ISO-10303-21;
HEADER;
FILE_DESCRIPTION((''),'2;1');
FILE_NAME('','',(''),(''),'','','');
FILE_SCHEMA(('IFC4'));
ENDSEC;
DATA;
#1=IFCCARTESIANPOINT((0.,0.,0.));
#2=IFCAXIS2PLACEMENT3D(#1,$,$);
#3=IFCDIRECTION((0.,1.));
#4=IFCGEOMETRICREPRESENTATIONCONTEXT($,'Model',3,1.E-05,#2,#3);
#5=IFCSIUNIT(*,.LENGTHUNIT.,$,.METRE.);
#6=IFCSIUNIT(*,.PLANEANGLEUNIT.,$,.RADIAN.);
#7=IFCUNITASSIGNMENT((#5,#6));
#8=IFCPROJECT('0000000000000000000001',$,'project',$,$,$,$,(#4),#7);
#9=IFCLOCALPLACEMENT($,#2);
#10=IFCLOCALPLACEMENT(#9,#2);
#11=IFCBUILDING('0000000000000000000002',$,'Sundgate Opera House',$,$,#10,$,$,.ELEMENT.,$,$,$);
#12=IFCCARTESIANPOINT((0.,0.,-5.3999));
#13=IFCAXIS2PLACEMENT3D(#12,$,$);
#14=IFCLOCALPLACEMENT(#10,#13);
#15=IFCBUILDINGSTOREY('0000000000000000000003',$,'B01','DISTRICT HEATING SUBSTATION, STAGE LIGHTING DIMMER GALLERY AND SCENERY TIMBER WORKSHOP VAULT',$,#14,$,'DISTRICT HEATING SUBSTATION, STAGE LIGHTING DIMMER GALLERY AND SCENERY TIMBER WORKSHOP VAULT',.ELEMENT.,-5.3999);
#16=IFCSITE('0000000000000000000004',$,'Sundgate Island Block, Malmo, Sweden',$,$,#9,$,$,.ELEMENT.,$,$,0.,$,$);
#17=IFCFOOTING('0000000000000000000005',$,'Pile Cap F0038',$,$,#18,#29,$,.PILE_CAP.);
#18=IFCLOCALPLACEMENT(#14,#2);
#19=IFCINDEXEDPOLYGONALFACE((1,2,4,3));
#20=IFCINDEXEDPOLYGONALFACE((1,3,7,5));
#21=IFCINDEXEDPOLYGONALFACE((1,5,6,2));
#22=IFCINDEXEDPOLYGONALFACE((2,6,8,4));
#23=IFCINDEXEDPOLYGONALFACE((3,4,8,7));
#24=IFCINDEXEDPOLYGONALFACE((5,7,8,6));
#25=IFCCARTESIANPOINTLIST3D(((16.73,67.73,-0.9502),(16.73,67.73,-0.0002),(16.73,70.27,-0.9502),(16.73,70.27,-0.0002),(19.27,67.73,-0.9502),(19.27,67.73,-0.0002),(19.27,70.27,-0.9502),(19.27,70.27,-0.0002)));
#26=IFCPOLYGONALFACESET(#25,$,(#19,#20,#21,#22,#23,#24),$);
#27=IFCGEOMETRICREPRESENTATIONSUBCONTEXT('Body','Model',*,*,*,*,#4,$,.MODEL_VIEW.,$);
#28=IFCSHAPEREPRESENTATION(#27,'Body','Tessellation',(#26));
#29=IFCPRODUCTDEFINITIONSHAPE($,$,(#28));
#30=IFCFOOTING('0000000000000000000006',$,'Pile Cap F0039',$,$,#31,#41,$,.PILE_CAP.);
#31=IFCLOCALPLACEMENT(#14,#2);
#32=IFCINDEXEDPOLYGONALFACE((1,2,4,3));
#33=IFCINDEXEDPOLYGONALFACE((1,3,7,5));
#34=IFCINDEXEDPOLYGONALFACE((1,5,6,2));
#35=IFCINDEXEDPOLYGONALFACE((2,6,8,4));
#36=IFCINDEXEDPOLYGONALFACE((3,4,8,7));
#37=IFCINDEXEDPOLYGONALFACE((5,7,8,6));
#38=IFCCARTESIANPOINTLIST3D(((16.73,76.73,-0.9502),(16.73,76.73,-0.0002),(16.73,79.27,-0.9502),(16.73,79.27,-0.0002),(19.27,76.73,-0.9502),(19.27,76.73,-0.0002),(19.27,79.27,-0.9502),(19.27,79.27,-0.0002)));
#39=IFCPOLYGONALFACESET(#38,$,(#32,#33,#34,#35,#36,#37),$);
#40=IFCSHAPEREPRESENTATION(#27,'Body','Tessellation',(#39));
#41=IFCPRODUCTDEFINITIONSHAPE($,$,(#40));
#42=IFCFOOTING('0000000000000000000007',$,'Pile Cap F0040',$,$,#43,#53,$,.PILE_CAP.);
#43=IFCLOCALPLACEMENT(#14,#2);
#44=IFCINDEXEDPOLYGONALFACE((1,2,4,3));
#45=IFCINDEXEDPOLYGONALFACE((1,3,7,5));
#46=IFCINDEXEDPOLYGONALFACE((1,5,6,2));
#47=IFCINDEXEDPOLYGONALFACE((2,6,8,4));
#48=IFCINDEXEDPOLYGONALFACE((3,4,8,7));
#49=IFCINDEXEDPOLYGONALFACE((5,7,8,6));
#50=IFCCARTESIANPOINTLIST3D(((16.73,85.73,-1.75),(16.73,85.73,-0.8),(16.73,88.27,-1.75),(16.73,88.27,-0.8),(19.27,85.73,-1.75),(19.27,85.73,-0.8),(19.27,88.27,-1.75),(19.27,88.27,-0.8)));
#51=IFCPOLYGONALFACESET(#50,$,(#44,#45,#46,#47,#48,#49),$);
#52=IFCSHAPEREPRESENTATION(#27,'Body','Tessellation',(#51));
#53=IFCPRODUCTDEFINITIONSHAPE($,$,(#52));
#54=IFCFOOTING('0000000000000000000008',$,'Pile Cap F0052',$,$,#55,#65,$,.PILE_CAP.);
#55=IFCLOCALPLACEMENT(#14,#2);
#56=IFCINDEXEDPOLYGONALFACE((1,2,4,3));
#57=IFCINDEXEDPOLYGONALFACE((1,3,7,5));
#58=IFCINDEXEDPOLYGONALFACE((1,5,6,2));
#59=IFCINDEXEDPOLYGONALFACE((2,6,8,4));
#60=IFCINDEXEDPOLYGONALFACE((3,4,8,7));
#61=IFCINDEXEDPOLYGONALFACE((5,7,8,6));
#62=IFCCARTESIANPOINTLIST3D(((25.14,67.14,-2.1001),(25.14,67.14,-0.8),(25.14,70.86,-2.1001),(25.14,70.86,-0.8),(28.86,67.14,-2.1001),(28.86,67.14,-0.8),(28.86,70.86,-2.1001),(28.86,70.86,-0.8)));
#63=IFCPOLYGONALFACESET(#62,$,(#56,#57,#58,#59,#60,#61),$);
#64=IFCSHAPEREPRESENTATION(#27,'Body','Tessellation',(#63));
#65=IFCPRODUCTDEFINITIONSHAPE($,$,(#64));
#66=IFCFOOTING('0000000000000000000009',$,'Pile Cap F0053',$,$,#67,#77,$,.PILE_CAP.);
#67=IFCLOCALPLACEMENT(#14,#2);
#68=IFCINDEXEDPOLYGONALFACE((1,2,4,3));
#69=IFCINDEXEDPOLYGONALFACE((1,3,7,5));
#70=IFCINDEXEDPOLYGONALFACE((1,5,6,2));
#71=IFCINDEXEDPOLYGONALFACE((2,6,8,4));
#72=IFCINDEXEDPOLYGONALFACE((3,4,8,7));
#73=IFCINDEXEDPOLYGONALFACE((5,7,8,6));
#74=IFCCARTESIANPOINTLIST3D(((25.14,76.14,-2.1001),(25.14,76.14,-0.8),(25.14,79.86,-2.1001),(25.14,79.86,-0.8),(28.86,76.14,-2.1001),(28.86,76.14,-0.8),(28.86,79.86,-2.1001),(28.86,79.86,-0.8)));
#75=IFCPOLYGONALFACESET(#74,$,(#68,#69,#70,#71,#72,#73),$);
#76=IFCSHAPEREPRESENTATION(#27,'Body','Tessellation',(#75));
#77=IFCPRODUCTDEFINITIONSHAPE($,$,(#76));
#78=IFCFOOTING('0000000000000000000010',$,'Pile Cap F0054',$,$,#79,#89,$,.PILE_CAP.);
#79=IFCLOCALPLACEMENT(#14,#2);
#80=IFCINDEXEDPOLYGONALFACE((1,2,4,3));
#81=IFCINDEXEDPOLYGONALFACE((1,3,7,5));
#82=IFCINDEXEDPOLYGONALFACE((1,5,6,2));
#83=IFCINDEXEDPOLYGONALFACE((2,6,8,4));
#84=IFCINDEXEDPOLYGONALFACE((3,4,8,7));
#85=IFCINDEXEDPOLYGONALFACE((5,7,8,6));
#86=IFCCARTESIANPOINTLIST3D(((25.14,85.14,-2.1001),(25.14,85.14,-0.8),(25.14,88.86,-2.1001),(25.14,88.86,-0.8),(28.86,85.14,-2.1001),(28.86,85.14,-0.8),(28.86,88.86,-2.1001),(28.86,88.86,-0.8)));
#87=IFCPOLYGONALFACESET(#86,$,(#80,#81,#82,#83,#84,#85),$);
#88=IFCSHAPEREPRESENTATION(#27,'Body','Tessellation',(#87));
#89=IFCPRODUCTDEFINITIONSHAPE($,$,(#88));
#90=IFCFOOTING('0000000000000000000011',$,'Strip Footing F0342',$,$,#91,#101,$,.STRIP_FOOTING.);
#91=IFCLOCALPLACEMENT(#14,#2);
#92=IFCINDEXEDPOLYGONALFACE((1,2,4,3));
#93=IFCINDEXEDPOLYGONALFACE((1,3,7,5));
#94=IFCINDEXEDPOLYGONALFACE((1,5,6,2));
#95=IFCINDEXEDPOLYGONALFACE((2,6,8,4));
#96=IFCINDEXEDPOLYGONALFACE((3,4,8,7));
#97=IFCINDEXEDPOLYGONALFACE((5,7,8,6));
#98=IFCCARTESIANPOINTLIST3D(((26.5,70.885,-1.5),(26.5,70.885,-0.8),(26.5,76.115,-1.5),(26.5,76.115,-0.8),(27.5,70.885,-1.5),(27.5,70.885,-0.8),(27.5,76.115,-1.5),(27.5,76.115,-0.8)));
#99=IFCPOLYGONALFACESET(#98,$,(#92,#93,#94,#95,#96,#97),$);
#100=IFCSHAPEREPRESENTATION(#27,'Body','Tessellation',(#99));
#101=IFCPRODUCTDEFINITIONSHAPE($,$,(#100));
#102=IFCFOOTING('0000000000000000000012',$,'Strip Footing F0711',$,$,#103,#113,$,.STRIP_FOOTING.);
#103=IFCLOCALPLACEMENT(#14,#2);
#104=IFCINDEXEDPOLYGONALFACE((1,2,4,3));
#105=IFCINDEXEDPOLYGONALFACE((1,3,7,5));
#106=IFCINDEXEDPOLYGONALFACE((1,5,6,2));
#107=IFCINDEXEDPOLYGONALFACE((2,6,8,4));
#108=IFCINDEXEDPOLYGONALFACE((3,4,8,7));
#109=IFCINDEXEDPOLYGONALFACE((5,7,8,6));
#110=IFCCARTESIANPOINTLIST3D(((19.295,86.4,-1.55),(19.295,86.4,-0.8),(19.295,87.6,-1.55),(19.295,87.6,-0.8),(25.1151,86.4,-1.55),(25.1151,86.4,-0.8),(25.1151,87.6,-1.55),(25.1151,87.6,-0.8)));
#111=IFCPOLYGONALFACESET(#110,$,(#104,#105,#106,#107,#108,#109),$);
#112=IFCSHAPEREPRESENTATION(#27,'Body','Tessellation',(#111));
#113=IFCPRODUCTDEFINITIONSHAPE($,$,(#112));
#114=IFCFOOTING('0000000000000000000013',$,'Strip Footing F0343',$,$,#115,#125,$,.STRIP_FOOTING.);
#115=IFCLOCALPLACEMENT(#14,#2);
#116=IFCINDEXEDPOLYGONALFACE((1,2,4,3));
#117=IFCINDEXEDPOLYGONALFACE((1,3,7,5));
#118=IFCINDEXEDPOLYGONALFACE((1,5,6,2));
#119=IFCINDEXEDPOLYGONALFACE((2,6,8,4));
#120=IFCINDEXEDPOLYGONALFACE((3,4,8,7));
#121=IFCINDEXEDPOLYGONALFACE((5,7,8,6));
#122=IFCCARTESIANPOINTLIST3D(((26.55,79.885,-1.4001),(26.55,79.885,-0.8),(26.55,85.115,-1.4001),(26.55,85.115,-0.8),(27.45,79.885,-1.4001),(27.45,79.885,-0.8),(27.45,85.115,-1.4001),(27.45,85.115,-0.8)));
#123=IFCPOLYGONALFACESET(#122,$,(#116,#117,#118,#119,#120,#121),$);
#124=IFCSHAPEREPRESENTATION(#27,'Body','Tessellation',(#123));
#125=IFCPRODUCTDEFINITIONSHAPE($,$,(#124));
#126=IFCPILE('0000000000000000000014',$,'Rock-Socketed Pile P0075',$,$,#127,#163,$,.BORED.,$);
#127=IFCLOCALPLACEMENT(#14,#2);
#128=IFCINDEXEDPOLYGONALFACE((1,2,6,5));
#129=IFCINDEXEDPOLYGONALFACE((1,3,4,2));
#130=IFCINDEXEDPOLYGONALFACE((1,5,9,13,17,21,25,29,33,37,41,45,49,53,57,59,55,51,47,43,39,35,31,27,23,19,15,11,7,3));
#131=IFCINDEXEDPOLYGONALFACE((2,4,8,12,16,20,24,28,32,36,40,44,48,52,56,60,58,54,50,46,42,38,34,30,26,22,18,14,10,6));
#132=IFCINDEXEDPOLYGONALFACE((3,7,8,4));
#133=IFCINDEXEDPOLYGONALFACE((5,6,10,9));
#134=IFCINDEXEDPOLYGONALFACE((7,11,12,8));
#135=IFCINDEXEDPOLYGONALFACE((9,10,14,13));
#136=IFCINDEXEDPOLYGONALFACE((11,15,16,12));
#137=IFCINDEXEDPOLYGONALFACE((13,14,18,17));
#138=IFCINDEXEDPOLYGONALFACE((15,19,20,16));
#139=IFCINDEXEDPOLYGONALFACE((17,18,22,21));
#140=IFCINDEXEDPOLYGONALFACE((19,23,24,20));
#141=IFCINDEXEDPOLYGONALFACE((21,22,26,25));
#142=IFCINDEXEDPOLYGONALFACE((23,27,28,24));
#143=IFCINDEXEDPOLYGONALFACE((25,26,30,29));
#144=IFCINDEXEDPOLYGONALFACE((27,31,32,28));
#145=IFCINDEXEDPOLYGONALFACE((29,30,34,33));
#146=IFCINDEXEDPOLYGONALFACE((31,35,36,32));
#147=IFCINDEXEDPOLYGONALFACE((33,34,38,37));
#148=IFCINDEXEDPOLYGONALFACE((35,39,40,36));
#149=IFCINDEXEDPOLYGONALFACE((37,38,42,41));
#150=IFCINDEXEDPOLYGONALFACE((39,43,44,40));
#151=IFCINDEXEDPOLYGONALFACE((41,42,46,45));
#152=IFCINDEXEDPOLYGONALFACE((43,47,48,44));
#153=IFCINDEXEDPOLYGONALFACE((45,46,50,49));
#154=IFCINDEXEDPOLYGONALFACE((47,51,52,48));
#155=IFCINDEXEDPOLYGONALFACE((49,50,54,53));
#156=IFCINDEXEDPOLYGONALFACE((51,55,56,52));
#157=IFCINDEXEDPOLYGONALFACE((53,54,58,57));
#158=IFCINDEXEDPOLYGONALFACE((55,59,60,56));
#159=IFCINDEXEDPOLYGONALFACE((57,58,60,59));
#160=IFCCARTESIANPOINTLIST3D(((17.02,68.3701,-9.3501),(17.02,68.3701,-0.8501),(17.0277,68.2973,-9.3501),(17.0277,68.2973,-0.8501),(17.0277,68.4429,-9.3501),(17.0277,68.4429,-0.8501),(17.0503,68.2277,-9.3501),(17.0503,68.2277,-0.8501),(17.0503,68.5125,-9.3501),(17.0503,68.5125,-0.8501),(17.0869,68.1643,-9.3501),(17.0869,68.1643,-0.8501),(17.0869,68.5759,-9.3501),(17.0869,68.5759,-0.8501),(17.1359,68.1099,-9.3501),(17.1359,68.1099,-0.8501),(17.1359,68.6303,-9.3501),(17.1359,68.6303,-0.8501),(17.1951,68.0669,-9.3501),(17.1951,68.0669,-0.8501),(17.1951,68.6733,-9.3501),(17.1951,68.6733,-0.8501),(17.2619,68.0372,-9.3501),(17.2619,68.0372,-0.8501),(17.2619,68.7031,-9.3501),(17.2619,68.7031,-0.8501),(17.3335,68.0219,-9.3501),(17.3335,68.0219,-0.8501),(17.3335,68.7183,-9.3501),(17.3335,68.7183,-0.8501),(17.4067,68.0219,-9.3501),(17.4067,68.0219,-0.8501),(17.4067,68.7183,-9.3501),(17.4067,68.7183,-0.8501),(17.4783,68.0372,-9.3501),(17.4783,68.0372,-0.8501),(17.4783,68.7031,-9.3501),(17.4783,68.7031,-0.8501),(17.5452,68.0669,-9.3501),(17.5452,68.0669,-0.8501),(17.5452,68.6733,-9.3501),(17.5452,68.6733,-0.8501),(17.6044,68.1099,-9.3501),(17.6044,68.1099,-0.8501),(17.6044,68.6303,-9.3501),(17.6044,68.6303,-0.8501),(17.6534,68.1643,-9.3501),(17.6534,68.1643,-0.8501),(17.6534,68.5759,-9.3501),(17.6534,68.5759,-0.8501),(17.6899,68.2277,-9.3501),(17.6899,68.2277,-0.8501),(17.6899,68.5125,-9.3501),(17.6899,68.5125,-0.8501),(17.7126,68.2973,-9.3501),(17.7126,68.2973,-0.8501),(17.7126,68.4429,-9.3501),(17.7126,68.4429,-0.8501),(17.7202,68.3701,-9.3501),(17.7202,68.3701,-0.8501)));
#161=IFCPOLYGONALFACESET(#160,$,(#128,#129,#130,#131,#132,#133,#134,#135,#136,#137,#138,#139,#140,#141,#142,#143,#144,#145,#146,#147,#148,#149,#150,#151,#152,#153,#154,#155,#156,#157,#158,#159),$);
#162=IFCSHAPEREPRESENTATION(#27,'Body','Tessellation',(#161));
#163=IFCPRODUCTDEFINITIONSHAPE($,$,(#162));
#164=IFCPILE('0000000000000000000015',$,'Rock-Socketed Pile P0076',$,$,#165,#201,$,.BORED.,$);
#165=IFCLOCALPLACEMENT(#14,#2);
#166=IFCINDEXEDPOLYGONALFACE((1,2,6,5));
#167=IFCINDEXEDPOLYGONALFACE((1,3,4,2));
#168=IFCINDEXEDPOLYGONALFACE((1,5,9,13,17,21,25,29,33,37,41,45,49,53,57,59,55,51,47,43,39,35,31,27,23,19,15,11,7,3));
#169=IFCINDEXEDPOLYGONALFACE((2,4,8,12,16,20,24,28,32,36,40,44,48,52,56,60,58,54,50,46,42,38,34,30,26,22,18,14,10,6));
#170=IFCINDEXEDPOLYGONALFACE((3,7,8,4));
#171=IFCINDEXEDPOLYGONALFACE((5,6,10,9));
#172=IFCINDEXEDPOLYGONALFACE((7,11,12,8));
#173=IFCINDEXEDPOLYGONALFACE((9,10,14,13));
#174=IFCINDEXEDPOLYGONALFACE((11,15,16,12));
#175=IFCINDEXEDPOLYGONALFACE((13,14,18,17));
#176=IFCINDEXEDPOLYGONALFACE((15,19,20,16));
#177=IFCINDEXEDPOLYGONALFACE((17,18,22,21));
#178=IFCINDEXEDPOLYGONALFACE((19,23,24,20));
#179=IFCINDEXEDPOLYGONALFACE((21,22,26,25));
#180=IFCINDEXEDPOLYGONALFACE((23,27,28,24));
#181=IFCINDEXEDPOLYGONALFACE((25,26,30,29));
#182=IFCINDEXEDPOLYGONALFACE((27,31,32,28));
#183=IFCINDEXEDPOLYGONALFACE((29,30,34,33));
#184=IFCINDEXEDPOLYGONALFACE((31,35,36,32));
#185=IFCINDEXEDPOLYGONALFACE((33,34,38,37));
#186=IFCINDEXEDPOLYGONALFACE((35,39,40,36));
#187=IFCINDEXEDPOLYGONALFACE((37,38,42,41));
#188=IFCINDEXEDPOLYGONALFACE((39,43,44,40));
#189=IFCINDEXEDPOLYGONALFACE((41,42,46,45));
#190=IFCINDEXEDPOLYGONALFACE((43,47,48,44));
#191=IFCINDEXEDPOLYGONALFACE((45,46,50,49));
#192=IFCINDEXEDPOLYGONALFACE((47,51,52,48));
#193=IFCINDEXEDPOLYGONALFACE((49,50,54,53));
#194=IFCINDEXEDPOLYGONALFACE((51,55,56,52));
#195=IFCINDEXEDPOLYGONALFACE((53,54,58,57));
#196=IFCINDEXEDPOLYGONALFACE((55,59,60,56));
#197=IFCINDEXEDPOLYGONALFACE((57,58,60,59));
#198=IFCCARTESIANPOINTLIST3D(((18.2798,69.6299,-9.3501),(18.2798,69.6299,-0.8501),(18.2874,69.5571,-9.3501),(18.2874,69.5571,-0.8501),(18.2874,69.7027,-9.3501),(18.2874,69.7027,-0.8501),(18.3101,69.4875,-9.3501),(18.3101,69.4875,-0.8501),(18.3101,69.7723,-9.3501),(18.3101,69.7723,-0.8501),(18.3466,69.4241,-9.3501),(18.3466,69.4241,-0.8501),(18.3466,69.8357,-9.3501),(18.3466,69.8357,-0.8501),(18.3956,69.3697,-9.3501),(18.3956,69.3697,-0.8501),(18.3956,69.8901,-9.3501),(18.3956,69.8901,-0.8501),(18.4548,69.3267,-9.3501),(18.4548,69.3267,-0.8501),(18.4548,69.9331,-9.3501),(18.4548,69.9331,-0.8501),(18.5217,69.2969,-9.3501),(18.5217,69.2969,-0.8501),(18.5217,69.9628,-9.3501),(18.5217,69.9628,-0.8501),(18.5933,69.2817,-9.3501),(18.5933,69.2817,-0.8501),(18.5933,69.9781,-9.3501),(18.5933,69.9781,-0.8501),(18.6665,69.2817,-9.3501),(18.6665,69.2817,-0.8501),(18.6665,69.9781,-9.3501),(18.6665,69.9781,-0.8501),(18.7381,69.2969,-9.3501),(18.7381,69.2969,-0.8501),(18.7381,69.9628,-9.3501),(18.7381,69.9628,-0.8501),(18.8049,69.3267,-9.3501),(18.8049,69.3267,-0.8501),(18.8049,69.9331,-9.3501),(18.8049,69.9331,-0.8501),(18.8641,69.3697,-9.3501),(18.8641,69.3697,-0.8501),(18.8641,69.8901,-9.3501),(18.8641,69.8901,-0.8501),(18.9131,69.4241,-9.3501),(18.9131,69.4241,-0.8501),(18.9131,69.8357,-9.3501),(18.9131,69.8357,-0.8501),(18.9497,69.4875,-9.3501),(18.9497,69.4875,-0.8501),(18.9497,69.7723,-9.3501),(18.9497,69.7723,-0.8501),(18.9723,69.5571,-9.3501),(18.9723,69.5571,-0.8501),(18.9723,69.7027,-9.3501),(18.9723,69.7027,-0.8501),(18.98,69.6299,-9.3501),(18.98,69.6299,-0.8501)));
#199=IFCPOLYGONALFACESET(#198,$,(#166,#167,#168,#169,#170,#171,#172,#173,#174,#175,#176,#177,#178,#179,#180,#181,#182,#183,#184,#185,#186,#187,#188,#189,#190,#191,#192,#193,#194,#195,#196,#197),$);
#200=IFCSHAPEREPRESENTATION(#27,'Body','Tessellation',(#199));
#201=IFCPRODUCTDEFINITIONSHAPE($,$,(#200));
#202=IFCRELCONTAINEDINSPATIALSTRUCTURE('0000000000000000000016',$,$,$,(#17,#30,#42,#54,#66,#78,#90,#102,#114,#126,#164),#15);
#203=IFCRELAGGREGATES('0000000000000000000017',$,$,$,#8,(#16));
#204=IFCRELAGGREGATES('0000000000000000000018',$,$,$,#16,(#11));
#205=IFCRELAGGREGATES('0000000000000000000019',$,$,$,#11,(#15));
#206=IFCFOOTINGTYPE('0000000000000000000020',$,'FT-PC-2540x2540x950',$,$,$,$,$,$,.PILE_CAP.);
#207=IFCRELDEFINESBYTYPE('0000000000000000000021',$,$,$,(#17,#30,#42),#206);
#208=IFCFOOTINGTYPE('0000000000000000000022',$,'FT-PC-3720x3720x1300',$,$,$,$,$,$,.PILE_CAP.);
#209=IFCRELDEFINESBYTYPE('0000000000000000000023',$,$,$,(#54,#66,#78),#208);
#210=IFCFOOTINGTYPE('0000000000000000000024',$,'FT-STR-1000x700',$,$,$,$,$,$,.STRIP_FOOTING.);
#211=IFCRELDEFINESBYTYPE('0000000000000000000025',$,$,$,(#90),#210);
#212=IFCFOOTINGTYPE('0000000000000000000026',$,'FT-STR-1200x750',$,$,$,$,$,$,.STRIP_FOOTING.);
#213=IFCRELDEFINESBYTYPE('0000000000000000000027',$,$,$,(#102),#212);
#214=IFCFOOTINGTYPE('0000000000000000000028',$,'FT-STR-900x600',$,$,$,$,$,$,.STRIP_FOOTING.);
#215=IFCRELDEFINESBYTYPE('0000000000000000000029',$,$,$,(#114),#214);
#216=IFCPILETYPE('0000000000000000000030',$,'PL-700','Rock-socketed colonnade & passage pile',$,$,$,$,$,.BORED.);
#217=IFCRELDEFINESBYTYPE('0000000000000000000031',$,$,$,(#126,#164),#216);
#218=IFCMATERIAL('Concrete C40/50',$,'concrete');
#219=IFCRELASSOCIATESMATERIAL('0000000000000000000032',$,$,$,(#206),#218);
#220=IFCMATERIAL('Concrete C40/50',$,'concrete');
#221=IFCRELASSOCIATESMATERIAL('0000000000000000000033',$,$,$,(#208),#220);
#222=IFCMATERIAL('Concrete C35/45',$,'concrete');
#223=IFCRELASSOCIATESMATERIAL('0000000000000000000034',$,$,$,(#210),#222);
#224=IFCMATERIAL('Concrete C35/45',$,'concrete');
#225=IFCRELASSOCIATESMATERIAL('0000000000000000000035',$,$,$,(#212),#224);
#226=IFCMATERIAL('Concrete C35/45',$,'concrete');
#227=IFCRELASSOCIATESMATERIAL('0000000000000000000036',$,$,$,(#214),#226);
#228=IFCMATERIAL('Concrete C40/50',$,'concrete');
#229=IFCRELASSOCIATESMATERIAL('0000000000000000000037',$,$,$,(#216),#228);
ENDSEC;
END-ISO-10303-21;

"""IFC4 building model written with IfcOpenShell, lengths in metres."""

from ifc_helpers import new_model, si_unit, direction, frame, origin, origin_2d, place, context, subcontext, project, spatial, rectangle, circle, extrude, material, material_profile, profile_set, type_object, element, save


model = new_model("IFC4")

# Units and contexts
model_context = context("Model", 3, precision=1e-05, world=origin(), true_north=direction((0.0, 1.0)))
body_context = subcontext(model_context, "Body", "Model", "MODEL_VIEW")
ifc_project = project(units=[si_unit("LENGTHUNIT", "METRE"), si_unit("PLANEANGLEUNIT", "RADIAN")], contexts=[model_context])

# Site, building, storey
site_placement = place(None, origin())
site = spatial("IfcSite", under=ifc_project, at=site_placement, Name="Sundgate Island Block, Malmo, Sweden", CompositionType="ELEMENT", RefElevation=0.0)
building_placement = place(site_placement, origin())
building = spatial("IfcBuilding", under=site, at=building_placement, Name="Sundgate Opera House", CompositionType="ELEMENT")
storey_placement = place(building_placement, frame((0.0, 0.0, -5.3999)))
storey = spatial("IfcBuildingStorey", under=building, at=storey_placement, Name="B01", Description="DISTRICT HEATING SUBSTATION, STAGE LIGHTING DIMMER GALLERY AND SCENERY TIMBER WORKSHOP VAULT", LongName="DISTRICT HEATING SUBSTATION, STAGE LIGHTING DIMMER GALLERY AND SCENERY TIMBER WORKSHOP VAULT", CompositionType="ELEMENT", Elevation=-5.3999)

# Footings
ifc_material_1 = material(Name="Concrete C40/50", Category="concrete")
footing_type_1 = type_object("IfcFootingType", Name="FT-PC-2540x2540x950", PredefinedType="PILE_CAP", material=ifc_material_1)
for number, where, z_axis, x_axis, name in (
    (1, (18.0, 69.0, -0.9502), (0.0, 0.0, 1.0), (1.0, 0.0, 0.0), "Pile Cap F0038"),
    (2, (18.0, 78.0, -0.9502), (0.0, 0.0, 1.0), (1.0, 0.0, 0.0), "Pile Cap F0039"),
    (3, (18.0, 87.0, -1.75), (0.0, 0.0, 1.0), (1.0, 0.0, 0.0), "Pile Cap F0040"),
):
    element("IfcFooting", number, at=place(storey_placement, frame(where, z_axis=z_axis, x_axis=x_axis)), inside=storey, type_object=footing_type_1, Name=name, PredefinedType="PILE_CAP", context=body_context, shape_type="SweptSolid", body=[
        extrude(rectangle(XDim=2.54, YDim=2.54, at=origin_2d()), origin(), (0.0, 0.0, 1.0), 0.95),
    ])
ifc_material_2 = material(Name="Concrete C40/50", Category="concrete")
footing_type_2 = type_object("IfcFootingType", Name="FT-PC-3720x3720x1300", PredefinedType="PILE_CAP", material=ifc_material_2)
for number, where, z_axis, x_axis, name in (
    (4, (27.0, 69.0, -2.1001), (0.0, 0.0, 1.0), (1.0, 0.0, 0.0), "Pile Cap F0052"),
    (5, (27.0, 78.0, -2.1001), (0.0, 0.0, 1.0), (1.0, 0.0, 0.0), "Pile Cap F0053"),
    (6, (27.0, 87.0, -2.1001), (0.0, 0.0, 1.0), (1.0, 0.0, 0.0), "Pile Cap F0054"),
):
    element("IfcFooting", number, at=place(storey_placement, frame(where, z_axis=z_axis, x_axis=x_axis)), inside=storey, type_object=footing_type_2, Name=name, PredefinedType="PILE_CAP", context=body_context, shape_type="SweptSolid", body=[
        extrude(rectangle(XDim=3.72, YDim=3.72, at=origin_2d()), origin(), (0.0, 0.0, 1.0), 1.3),
    ])
ifc_material_3 = material(Name="Concrete C35/45", Category="concrete")
footing_type_3 = type_object("IfcFootingType", Name="FT-STR-1000x700", PredefinedType="STRIP_FOOTING", material=ifc_material_3)
footing_1_placement = place(storey_placement, frame((27.0, 73.5, -1.5), z_axis=(0.0, 0.0, 1.0), x_axis=(1.0, 0.0, 0.0)))
element("IfcFooting", 7, at=footing_1_placement, inside=storey, type_object=footing_type_3, Name="Strip Footing F0342", PredefinedType="STRIP_FOOTING", context=body_context, shape_type="SweptSolid", body=[
    extrude(rectangle(XDim=1.0, YDim=5.23, at=origin_2d()), origin(), (0.0, 0.0, 1.0), 0.7),
])
ifc_material_4 = material(Name="Concrete C35/45", Category="concrete")
footing_type_4 = type_object("IfcFootingType", Name="FT-STR-1200x750", PredefinedType="STRIP_FOOTING", material=ifc_material_4)
footing_2_placement = place(storey_placement, frame((22.2051, 87.0, -1.55), z_axis=(0.0, 0.0, 1.0), x_axis=(1.0, 0.0, 0.0)))
element("IfcFooting", 8, at=footing_2_placement, inside=storey, type_object=footing_type_4, Name="Strip Footing F0711", PredefinedType="STRIP_FOOTING", context=body_context, shape_type="SweptSolid", body=[
    extrude(rectangle(XDim=5.8201, YDim=1.2, at=origin_2d()), origin(), (0.0, 0.0, 1.0), 0.75),
])
ifc_material_5 = material(Name="Concrete C35/45", Category="concrete")
footing_type_5 = type_object("IfcFootingType", Name="FT-STR-900x600", PredefinedType="STRIP_FOOTING", material=ifc_material_5)
footing_3_placement = place(storey_placement, frame((27.0, 82.5, -1.4001), z_axis=(0.0, 0.0, 1.0), x_axis=(1.0, 0.0, 0.0)))
element("IfcFooting", 9, at=footing_3_placement, inside=storey, type_object=footing_type_5, Name="Strip Footing F0343", PredefinedType="STRIP_FOOTING", context=body_context, shape_type="SweptSolid", body=[
    extrude(rectangle(XDim=0.8999, YDim=5.23, at=origin_2d()), origin(), (0.0, 0.0, 1.0), 0.6001),
])

# Piles
ifc_material_6 = material(Name="Concrete C40/50", Category="concrete")
ifc_material_profile_1 = material_profile(ifc_material_6, circle(Radius=0.3501, at=origin_2d()), Name="PILE D700")
ifc_profile_set_1 = profile_set([ifc_material_profile_1], Name="Concrete C40/50")
pile_type_1 = type_object("IfcPileType", Name="PL-700", Description="Rock-socketed colonnade & passage pile", PredefinedType="BORED", material=ifc_profile_set_1)
for number, where, z_axis, x_axis, name in (
    (10, (17.3701, 68.3701, -0.8501), (0.0, 0.0, -1.0), (1.0, 0.0, 0.0), "Rock-Socketed Pile P0075"),
    (11, (18.6299, 69.6299, -0.8501), (0.0, 0.0, -1.0), (1.0, 0.0, 0.0), "Rock-Socketed Pile P0076"),
):
    element("IfcPile", number, at=place(storey_placement, frame(where, z_axis=z_axis, x_axis=x_axis)), inside=storey, type_object=pile_type_1, Name=name, PredefinedType="BORED", context=body_context, shape_type="SweptSolid", body=[
        extrude(circle(Radius=0.3501, at=origin_2d()), origin(), (0.0, 0.0, 1.0), 8.5),
    ])

save(model, "model.ifc")
